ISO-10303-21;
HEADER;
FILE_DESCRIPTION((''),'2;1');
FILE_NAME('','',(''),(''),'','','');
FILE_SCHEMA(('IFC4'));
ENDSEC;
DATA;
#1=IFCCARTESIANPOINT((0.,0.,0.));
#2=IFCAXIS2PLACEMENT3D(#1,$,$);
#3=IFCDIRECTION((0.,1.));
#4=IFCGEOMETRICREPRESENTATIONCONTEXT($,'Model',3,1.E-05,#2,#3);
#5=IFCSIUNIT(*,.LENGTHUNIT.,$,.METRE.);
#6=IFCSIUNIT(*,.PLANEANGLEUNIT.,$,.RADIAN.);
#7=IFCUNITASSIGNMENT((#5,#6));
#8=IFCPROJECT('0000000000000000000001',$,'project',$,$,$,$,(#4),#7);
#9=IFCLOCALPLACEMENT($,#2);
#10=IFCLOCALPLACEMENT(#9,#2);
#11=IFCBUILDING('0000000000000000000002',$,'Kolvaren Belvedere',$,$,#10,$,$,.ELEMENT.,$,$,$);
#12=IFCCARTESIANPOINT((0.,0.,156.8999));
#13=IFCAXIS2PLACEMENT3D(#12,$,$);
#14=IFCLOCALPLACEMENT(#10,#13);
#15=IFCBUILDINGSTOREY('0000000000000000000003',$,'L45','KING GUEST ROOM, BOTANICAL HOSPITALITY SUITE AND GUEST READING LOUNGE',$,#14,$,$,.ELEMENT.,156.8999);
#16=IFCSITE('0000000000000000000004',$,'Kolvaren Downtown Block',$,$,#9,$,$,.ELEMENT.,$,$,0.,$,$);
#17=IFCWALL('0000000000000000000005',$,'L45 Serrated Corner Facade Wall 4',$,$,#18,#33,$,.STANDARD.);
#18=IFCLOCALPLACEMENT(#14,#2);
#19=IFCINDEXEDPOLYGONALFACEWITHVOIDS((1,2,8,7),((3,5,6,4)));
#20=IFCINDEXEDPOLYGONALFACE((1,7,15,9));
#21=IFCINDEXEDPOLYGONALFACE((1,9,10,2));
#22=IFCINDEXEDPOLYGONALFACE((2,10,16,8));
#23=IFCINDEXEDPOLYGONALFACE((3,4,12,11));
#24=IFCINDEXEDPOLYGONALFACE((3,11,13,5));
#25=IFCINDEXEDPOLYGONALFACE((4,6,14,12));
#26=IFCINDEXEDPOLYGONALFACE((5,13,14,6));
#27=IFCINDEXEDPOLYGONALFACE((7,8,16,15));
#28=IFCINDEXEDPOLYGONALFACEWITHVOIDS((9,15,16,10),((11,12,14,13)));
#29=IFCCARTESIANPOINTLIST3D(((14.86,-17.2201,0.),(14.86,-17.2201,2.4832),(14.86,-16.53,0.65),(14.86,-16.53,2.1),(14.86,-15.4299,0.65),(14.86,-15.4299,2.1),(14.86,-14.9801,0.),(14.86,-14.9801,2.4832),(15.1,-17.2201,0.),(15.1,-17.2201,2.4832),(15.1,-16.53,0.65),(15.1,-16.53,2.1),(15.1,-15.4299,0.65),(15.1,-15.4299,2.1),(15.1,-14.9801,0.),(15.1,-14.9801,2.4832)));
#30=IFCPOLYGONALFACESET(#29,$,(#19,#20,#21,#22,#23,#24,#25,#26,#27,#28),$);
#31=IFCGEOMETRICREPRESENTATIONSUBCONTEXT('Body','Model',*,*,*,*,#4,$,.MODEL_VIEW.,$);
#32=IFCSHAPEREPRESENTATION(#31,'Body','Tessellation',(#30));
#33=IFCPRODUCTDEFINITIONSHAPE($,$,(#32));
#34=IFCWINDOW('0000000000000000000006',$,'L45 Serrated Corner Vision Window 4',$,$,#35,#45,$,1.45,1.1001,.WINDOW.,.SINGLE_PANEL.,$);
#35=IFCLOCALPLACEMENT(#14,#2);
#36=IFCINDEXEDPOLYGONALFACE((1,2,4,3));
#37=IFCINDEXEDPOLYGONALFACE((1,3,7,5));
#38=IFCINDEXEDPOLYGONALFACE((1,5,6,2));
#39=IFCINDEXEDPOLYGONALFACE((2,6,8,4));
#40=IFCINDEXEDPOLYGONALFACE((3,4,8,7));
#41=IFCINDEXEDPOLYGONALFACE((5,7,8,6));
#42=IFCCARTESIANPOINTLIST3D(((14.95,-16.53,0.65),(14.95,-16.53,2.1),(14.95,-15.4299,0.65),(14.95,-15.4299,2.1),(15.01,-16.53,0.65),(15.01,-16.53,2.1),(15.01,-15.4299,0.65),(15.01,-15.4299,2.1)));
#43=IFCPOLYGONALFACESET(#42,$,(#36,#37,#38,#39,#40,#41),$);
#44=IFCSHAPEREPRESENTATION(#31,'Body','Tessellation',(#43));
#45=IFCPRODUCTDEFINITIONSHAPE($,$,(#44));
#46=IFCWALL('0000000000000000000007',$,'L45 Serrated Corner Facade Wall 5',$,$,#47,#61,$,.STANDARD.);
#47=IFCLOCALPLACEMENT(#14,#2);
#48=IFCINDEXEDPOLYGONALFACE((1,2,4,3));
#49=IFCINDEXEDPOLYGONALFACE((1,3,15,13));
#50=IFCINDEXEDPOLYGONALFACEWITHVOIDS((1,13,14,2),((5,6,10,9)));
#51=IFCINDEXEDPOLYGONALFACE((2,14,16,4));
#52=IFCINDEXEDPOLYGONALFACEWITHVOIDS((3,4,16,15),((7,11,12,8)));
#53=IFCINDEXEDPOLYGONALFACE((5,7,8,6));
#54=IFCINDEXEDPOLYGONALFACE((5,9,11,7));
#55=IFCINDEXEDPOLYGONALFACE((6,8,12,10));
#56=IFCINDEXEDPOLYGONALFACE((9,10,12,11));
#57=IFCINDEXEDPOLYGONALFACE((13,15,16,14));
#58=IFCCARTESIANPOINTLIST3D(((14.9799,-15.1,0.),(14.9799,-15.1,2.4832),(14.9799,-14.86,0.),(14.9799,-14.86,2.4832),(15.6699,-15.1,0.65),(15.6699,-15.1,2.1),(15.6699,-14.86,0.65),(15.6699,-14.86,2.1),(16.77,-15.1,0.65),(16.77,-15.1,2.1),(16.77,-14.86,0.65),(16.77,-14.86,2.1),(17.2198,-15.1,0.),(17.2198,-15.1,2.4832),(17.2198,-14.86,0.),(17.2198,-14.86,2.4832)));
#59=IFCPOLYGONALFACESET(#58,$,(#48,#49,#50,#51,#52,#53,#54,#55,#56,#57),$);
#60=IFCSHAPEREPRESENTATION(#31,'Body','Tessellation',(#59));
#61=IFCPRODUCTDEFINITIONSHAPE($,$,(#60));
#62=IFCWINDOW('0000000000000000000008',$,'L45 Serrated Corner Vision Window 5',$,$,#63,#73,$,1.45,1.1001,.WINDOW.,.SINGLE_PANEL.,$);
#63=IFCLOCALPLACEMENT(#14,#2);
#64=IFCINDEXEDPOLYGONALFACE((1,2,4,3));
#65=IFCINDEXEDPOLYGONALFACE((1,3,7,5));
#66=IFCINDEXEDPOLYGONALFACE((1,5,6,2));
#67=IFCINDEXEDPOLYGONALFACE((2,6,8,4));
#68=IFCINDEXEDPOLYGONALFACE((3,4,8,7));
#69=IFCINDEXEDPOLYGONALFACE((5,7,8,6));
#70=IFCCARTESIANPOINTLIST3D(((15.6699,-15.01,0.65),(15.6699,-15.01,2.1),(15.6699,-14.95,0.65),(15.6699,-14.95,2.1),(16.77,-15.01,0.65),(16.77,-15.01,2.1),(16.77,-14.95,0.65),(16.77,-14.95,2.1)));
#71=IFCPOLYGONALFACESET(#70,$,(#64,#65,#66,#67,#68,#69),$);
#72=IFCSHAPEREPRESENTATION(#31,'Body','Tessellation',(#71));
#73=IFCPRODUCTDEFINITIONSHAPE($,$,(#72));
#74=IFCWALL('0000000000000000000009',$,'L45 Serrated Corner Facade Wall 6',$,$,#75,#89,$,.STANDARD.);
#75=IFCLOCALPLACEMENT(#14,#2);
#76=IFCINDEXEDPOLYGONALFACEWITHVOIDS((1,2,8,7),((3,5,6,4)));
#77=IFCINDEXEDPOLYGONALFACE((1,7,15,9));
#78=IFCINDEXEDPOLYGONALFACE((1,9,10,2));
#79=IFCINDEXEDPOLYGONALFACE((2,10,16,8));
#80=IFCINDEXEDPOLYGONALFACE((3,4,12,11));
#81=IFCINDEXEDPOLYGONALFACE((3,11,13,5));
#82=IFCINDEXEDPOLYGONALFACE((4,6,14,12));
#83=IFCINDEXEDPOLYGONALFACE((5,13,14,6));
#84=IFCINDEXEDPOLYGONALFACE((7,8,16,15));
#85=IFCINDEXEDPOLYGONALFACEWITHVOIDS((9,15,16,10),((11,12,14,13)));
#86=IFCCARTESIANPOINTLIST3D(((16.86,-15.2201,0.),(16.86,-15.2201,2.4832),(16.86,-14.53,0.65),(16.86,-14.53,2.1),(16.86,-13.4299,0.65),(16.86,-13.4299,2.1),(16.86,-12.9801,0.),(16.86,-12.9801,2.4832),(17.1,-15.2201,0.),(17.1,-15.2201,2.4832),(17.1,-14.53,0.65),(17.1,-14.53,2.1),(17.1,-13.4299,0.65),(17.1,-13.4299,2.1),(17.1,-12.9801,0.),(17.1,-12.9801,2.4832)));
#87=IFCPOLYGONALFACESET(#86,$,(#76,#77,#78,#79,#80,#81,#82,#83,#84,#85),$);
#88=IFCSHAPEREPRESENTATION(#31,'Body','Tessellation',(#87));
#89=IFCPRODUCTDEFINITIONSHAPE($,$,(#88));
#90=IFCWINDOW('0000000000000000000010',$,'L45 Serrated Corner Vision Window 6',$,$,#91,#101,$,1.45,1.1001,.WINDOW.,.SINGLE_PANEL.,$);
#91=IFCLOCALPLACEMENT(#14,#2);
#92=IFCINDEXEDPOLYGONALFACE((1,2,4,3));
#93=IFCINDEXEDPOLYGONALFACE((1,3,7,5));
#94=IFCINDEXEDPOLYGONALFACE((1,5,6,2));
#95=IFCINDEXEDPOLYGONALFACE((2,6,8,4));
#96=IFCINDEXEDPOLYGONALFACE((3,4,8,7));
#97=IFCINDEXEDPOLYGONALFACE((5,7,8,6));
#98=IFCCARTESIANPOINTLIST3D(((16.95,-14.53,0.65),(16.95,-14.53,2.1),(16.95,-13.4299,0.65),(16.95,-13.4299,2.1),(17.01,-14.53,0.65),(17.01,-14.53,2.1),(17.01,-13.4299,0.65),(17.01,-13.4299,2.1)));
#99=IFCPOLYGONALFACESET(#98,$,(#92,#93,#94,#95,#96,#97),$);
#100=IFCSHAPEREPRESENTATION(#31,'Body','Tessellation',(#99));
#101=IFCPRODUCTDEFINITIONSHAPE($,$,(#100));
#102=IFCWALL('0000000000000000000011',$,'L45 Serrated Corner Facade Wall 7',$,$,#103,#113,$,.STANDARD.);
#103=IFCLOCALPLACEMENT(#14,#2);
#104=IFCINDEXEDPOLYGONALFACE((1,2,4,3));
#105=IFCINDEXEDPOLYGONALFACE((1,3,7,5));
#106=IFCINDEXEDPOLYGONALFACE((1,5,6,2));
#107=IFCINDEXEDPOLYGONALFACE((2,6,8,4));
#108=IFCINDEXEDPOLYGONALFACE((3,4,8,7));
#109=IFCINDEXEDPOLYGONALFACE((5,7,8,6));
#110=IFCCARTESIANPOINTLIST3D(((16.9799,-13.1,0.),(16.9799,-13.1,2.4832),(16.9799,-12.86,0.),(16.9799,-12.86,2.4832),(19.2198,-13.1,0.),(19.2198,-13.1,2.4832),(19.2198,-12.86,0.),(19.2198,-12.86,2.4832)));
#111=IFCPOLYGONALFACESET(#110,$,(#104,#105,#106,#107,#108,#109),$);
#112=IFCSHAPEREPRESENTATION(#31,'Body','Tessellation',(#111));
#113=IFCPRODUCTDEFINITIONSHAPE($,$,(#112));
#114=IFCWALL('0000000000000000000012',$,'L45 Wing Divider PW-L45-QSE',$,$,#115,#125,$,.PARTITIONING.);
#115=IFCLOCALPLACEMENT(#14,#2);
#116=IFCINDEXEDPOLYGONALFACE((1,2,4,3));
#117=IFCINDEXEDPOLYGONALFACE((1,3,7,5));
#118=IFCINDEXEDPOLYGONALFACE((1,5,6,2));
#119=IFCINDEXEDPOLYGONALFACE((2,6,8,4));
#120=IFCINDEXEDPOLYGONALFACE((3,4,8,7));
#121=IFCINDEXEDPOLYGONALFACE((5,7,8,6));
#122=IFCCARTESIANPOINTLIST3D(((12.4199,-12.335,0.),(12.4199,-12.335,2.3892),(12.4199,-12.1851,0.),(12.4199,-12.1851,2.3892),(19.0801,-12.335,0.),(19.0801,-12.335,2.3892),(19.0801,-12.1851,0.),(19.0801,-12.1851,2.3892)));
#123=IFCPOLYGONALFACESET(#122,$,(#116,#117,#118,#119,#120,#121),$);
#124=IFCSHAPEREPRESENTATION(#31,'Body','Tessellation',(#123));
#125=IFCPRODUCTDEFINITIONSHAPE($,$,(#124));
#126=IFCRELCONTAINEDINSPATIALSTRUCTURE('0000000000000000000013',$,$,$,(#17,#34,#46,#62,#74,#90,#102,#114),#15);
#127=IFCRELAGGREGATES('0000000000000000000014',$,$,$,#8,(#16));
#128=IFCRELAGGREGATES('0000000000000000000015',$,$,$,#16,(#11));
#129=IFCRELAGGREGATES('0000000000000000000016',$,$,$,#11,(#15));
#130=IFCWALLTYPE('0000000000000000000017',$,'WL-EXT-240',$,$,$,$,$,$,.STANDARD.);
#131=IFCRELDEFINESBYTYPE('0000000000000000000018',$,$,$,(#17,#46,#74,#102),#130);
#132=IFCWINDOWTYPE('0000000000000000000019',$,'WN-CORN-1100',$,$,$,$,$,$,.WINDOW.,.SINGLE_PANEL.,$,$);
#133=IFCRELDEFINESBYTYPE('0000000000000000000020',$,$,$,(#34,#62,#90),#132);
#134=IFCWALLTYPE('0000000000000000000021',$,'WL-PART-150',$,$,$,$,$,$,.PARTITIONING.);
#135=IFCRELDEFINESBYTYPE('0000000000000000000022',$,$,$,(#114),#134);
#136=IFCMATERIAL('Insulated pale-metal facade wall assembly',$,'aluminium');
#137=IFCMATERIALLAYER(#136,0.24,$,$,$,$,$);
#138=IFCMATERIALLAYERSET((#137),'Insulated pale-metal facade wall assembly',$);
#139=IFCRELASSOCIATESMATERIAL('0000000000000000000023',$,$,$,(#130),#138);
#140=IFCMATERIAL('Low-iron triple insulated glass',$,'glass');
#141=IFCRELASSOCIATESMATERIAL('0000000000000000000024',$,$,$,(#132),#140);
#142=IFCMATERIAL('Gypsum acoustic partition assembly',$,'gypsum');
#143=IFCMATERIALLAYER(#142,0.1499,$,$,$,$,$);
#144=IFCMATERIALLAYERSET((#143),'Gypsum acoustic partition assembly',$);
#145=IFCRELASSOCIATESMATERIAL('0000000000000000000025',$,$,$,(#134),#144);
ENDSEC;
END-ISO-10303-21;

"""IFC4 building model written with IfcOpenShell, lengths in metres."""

from ifc_helpers import new_model, si_unit, direction, frame, frame_2d, origin, place, context, subcontext, project, spatial, rectangle, extrude, material, layer, layer_set, type_object, element, fill, save


model = new_model("IFC4")

# Units and contexts
model_context = context("Model", 3, precision=1e-05, world=origin(), true_north=direction((0.0, 1.0)))
body_context = subcontext(model_context, "Body", "Model", "MODEL_VIEW")
ifc_project = project(units=[si_unit("LENGTHUNIT", "METRE"), si_unit("PLANEANGLEUNIT", "RADIAN")], contexts=[model_context])

# Site, building, storey
site_placement = place(None, origin())
site = spatial("IfcSite", under=ifc_project, at=site_placement, Name="Kolvaren Downtown Block", CompositionType="ELEMENT", RefElevation=0.0)
building_placement = place(site_placement, origin())
building = spatial("IfcBuilding", under=site, at=building_placement, Name="Kolvaren Belvedere", CompositionType="ELEMENT")
storey_placement = place(building_placement, frame((0.0, 0.0, 156.8999)))
storey = spatial("IfcBuildingStorey", under=building, at=storey_placement, Name="L45", Description="KING GUEST ROOM, BOTANICAL HOSPITALITY SUITE AND GUEST READING LOUNGE", CompositionType="ELEMENT", Elevation=156.8999)

# Shared definitions
ifc_material_1 = material(Name="Insulated pale-metal facade wall assembly", Category="aluminium")
ifc_layer_1 = layer(ifc_material_1, 0.24)
ifc_layer_set_1 = layer_set([ifc_layer_1], Name="Insulated pale-metal facade wall assembly")
wall_type_1 = type_object("IfcWallType", Name="WL-EXT-240", PredefinedType="STANDARD", material=ifc_layer_set_1)

# Walls, openings, windows
ifc_material_2 = material(Name="Low-iron triple insulated glass", Category="glass")
window_type = type_object("IfcWindowType", Name="WN-CORN-1100", PartitioningType="SINGLE_PANEL", PredefinedType="WINDOW", material=ifc_material_2)
wall_1_placement = place(storey_placement, frame((14.98, -14.98, 0.0), z_axis=(0.0, 0.0, 1.0), x_axis=(0.0, -1.0, 0.0)))
wall_1 = element("IfcWall", 1, at=wall_1_placement, inside=storey, type_object=wall_type_1, Name="L45 Serrated Corner Facade Wall 4", PredefinedType="STANDARD", context=body_context, shape_type="SweptSolid", body=[
    extrude(rectangle(XDim=2.24, YDim=0.24, at=frame_2d((1.1201, 0.0))), origin(), (0.0, 0.0, 1.0), 2.4832),
])
opening_1_placement = place(wall_1_placement, frame((0.45, 0.0, 0.6499)))
opening_1 = element("IfcOpeningElement", 2, at=opening_1_placement, cuts=wall_1, PredefinedType="OPENING", context=body_context, shape_type="SweptSolid", body=[
    extrude(rectangle(XDim=1.1001, YDim=1.45, at=frame_2d((0.55, 0.7251))), frame((0.0, 0.1299, 0.0), z_axis=(0.0, -1.0, 0.0), x_axis=(1.0, 0.0, 0.0)), (0.0, 0.0, 1.0), 0.26),
])
window_1_placement = place(opening_1_placement, origin())
window_1 = element("IfcWindow", 3, at=window_1_placement, inside=storey, type_object=window_type, Name="L45 Serrated Corner Vision Window 4", OverallHeight=1.45, OverallWidth=1.1001, PartitioningType="SINGLE_PANEL", PredefinedType="WINDOW", context=body_context, shape_type="SweptSolid", body=[
    extrude(rectangle(XDim=1.1001, YDim=1.45, at=frame_2d((0.55, 0.7251))), frame((0.0, 0.03, 0.0), z_axis=(0.0, -1.0, 0.0), x_axis=(1.0, 0.0, 0.0)), (0.0, 0.0, 1.0), 0.0601),
])
fill(opening_1, window_1)
wall_2_placement = place(storey_placement, frame((17.22, -14.98, 0.0), z_axis=(0.0, 0.0, 1.0), x_axis=(-1.0, 0.0, 0.0)))
wall_2 = element("IfcWall", 4, at=wall_2_placement, inside=storey, type_object=wall_type_1, Name="L45 Serrated Corner Facade Wall 5", PredefinedType="STANDARD", context=body_context, shape_type="SweptSolid", body=[
    extrude(rectangle(XDim=2.24, YDim=0.24, at=frame_2d((1.1201, 0.0))), origin(), (0.0, 0.0, 1.0), 2.4832),
])
opening_2_placement = place(wall_2_placement, frame((0.45, 0.0, 0.6499)))
opening_2 = element("IfcOpeningElement", 5, at=opening_2_placement, cuts=wall_2, PredefinedType="OPENING", context=body_context, shape_type="SweptSolid", body=[
    extrude(rectangle(XDim=1.1001, YDim=1.45, at=frame_2d((0.55, 0.7251))), frame((0.0, 0.1299, 0.0), z_axis=(0.0, -1.0, 0.0), x_axis=(1.0, 0.0, 0.0)), (0.0, 0.0, 1.0), 0.26),
])
window_2_placement = place(opening_2_placement, origin())
window_2 = element("IfcWindow", 6, at=window_2_placement, inside=storey, type_object=window_type, Name="L45 Serrated Corner Vision Window 5", OverallHeight=1.45, OverallWidth=1.1001, PartitioningType="SINGLE_PANEL", PredefinedType="WINDOW", context=body_context, shape_type="SweptSolid", body=[
    extrude(rectangle(XDim=1.1001, YDim=1.45, at=frame_2d((0.55, 0.7251))), frame((0.0, 0.03, 0.0), z_axis=(0.0, -1.0, 0.0), x_axis=(1.0, 0.0, 0.0)), (0.0, 0.0, 1.0), 0.0601),
])
fill(opening_2, window_2)
wall_3_placement = place(storey_placement, frame((16.98, -12.98, 0.0), z_axis=(0.0, 0.0, 1.0), x_axis=(0.0, -1.0, 0.0)))
wall_3 = element("IfcWall", 7, at=wall_3_placement, inside=storey, type_object=wall_type_1, Name="L45 Serrated Corner Facade Wall 6", PredefinedType="STANDARD", context=body_context, shape_type="SweptSolid", body=[
    extrude(rectangle(XDim=2.24, YDim=0.24, at=frame_2d((1.1201, 0.0))), origin(), (0.0, 0.0, 1.0), 2.4832),
])
opening_3_placement = place(wall_3_placement, frame((0.45, 0.0, 0.6499)))
opening_3 = element("IfcOpeningElement", 8, at=opening_3_placement, cuts=wall_3, PredefinedType="OPENING", context=body_context, shape_type="SweptSolid", body=[
    extrude(rectangle(XDim=1.1001, YDim=1.45, at=frame_2d((0.55, 0.7251))), frame((0.0, 0.1299, 0.0), z_axis=(0.0, -1.0, 0.0), x_axis=(1.0, 0.0, 0.0)), (0.0, 0.0, 1.0), 0.26),
])
window_3_placement = place(opening_3_placement, origin())
window_3 = element("IfcWindow", 9, at=window_3_placement, inside=storey, type_object=window_type, Name="L45 Serrated Corner Vision Window 6", OverallHeight=1.45, OverallWidth=1.1001, PartitioningType="SINGLE_PANEL", PredefinedType="WINDOW", context=body_context, shape_type="SweptSolid", body=[
    extrude(rectangle(XDim=1.1001, YDim=1.45, at=frame_2d((0.55, 0.7251))), frame((0.0, 0.03, 0.0), z_axis=(0.0, -1.0, 0.0), x_axis=(1.0, 0.0, 0.0)), (0.0, 0.0, 1.0), 0.0601),
])
fill(opening_3, window_3)

# Walls
wall_4_placement = place(storey_placement, frame((19.22, -12.98, 0.0), z_axis=(0.0, 0.0, 1.0), x_axis=(-1.0, 0.0, 0.0)))
element("IfcWall", 10, at=wall_4_placement, inside=storey, type_object=wall_type_1, Name="L45 Serrated Corner Facade Wall 7", PredefinedType="STANDARD", context=body_context, shape_type="SweptSolid", body=[
    extrude(rectangle(XDim=2.24, YDim=0.24, at=frame_2d((1.1201, 0.0))), origin(), (0.0, 0.0, 1.0), 2.4832),
])
ifc_material_3 = material(Name="Gypsum acoustic partition assembly", Category="gypsum")
ifc_layer_2 = layer(ifc_material_3, 0.1499)
ifc_layer_set_2 = layer_set([ifc_layer_2], Name="Gypsum acoustic partition assembly")
wall_type_2 = type_object("IfcWallType", Name="WL-PART-150", PredefinedType="PARTITIONING", material=ifc_layer_set_2)
wall_5_placement = place(storey_placement, frame((12.4199, -12.26, 0.0), z_axis=(0.0, 0.0, 1.0), x_axis=(1.0, 0.0, 0.0)))
element("IfcWall", 11, at=wall_5_placement, inside=storey, type_object=wall_type_2, Name="L45 Wing Divider PW-L45-QSE", PredefinedType="PARTITIONING", context=body_context, shape_type="SweptSolid", body=[
    extrude(rectangle(XDim=6.6602, YDim=0.1499, at=frame_2d((3.3301, 0.0))), origin(), (0.0, 0.0, 1.0), 2.3892),
])

save(model, "model.ifc")
